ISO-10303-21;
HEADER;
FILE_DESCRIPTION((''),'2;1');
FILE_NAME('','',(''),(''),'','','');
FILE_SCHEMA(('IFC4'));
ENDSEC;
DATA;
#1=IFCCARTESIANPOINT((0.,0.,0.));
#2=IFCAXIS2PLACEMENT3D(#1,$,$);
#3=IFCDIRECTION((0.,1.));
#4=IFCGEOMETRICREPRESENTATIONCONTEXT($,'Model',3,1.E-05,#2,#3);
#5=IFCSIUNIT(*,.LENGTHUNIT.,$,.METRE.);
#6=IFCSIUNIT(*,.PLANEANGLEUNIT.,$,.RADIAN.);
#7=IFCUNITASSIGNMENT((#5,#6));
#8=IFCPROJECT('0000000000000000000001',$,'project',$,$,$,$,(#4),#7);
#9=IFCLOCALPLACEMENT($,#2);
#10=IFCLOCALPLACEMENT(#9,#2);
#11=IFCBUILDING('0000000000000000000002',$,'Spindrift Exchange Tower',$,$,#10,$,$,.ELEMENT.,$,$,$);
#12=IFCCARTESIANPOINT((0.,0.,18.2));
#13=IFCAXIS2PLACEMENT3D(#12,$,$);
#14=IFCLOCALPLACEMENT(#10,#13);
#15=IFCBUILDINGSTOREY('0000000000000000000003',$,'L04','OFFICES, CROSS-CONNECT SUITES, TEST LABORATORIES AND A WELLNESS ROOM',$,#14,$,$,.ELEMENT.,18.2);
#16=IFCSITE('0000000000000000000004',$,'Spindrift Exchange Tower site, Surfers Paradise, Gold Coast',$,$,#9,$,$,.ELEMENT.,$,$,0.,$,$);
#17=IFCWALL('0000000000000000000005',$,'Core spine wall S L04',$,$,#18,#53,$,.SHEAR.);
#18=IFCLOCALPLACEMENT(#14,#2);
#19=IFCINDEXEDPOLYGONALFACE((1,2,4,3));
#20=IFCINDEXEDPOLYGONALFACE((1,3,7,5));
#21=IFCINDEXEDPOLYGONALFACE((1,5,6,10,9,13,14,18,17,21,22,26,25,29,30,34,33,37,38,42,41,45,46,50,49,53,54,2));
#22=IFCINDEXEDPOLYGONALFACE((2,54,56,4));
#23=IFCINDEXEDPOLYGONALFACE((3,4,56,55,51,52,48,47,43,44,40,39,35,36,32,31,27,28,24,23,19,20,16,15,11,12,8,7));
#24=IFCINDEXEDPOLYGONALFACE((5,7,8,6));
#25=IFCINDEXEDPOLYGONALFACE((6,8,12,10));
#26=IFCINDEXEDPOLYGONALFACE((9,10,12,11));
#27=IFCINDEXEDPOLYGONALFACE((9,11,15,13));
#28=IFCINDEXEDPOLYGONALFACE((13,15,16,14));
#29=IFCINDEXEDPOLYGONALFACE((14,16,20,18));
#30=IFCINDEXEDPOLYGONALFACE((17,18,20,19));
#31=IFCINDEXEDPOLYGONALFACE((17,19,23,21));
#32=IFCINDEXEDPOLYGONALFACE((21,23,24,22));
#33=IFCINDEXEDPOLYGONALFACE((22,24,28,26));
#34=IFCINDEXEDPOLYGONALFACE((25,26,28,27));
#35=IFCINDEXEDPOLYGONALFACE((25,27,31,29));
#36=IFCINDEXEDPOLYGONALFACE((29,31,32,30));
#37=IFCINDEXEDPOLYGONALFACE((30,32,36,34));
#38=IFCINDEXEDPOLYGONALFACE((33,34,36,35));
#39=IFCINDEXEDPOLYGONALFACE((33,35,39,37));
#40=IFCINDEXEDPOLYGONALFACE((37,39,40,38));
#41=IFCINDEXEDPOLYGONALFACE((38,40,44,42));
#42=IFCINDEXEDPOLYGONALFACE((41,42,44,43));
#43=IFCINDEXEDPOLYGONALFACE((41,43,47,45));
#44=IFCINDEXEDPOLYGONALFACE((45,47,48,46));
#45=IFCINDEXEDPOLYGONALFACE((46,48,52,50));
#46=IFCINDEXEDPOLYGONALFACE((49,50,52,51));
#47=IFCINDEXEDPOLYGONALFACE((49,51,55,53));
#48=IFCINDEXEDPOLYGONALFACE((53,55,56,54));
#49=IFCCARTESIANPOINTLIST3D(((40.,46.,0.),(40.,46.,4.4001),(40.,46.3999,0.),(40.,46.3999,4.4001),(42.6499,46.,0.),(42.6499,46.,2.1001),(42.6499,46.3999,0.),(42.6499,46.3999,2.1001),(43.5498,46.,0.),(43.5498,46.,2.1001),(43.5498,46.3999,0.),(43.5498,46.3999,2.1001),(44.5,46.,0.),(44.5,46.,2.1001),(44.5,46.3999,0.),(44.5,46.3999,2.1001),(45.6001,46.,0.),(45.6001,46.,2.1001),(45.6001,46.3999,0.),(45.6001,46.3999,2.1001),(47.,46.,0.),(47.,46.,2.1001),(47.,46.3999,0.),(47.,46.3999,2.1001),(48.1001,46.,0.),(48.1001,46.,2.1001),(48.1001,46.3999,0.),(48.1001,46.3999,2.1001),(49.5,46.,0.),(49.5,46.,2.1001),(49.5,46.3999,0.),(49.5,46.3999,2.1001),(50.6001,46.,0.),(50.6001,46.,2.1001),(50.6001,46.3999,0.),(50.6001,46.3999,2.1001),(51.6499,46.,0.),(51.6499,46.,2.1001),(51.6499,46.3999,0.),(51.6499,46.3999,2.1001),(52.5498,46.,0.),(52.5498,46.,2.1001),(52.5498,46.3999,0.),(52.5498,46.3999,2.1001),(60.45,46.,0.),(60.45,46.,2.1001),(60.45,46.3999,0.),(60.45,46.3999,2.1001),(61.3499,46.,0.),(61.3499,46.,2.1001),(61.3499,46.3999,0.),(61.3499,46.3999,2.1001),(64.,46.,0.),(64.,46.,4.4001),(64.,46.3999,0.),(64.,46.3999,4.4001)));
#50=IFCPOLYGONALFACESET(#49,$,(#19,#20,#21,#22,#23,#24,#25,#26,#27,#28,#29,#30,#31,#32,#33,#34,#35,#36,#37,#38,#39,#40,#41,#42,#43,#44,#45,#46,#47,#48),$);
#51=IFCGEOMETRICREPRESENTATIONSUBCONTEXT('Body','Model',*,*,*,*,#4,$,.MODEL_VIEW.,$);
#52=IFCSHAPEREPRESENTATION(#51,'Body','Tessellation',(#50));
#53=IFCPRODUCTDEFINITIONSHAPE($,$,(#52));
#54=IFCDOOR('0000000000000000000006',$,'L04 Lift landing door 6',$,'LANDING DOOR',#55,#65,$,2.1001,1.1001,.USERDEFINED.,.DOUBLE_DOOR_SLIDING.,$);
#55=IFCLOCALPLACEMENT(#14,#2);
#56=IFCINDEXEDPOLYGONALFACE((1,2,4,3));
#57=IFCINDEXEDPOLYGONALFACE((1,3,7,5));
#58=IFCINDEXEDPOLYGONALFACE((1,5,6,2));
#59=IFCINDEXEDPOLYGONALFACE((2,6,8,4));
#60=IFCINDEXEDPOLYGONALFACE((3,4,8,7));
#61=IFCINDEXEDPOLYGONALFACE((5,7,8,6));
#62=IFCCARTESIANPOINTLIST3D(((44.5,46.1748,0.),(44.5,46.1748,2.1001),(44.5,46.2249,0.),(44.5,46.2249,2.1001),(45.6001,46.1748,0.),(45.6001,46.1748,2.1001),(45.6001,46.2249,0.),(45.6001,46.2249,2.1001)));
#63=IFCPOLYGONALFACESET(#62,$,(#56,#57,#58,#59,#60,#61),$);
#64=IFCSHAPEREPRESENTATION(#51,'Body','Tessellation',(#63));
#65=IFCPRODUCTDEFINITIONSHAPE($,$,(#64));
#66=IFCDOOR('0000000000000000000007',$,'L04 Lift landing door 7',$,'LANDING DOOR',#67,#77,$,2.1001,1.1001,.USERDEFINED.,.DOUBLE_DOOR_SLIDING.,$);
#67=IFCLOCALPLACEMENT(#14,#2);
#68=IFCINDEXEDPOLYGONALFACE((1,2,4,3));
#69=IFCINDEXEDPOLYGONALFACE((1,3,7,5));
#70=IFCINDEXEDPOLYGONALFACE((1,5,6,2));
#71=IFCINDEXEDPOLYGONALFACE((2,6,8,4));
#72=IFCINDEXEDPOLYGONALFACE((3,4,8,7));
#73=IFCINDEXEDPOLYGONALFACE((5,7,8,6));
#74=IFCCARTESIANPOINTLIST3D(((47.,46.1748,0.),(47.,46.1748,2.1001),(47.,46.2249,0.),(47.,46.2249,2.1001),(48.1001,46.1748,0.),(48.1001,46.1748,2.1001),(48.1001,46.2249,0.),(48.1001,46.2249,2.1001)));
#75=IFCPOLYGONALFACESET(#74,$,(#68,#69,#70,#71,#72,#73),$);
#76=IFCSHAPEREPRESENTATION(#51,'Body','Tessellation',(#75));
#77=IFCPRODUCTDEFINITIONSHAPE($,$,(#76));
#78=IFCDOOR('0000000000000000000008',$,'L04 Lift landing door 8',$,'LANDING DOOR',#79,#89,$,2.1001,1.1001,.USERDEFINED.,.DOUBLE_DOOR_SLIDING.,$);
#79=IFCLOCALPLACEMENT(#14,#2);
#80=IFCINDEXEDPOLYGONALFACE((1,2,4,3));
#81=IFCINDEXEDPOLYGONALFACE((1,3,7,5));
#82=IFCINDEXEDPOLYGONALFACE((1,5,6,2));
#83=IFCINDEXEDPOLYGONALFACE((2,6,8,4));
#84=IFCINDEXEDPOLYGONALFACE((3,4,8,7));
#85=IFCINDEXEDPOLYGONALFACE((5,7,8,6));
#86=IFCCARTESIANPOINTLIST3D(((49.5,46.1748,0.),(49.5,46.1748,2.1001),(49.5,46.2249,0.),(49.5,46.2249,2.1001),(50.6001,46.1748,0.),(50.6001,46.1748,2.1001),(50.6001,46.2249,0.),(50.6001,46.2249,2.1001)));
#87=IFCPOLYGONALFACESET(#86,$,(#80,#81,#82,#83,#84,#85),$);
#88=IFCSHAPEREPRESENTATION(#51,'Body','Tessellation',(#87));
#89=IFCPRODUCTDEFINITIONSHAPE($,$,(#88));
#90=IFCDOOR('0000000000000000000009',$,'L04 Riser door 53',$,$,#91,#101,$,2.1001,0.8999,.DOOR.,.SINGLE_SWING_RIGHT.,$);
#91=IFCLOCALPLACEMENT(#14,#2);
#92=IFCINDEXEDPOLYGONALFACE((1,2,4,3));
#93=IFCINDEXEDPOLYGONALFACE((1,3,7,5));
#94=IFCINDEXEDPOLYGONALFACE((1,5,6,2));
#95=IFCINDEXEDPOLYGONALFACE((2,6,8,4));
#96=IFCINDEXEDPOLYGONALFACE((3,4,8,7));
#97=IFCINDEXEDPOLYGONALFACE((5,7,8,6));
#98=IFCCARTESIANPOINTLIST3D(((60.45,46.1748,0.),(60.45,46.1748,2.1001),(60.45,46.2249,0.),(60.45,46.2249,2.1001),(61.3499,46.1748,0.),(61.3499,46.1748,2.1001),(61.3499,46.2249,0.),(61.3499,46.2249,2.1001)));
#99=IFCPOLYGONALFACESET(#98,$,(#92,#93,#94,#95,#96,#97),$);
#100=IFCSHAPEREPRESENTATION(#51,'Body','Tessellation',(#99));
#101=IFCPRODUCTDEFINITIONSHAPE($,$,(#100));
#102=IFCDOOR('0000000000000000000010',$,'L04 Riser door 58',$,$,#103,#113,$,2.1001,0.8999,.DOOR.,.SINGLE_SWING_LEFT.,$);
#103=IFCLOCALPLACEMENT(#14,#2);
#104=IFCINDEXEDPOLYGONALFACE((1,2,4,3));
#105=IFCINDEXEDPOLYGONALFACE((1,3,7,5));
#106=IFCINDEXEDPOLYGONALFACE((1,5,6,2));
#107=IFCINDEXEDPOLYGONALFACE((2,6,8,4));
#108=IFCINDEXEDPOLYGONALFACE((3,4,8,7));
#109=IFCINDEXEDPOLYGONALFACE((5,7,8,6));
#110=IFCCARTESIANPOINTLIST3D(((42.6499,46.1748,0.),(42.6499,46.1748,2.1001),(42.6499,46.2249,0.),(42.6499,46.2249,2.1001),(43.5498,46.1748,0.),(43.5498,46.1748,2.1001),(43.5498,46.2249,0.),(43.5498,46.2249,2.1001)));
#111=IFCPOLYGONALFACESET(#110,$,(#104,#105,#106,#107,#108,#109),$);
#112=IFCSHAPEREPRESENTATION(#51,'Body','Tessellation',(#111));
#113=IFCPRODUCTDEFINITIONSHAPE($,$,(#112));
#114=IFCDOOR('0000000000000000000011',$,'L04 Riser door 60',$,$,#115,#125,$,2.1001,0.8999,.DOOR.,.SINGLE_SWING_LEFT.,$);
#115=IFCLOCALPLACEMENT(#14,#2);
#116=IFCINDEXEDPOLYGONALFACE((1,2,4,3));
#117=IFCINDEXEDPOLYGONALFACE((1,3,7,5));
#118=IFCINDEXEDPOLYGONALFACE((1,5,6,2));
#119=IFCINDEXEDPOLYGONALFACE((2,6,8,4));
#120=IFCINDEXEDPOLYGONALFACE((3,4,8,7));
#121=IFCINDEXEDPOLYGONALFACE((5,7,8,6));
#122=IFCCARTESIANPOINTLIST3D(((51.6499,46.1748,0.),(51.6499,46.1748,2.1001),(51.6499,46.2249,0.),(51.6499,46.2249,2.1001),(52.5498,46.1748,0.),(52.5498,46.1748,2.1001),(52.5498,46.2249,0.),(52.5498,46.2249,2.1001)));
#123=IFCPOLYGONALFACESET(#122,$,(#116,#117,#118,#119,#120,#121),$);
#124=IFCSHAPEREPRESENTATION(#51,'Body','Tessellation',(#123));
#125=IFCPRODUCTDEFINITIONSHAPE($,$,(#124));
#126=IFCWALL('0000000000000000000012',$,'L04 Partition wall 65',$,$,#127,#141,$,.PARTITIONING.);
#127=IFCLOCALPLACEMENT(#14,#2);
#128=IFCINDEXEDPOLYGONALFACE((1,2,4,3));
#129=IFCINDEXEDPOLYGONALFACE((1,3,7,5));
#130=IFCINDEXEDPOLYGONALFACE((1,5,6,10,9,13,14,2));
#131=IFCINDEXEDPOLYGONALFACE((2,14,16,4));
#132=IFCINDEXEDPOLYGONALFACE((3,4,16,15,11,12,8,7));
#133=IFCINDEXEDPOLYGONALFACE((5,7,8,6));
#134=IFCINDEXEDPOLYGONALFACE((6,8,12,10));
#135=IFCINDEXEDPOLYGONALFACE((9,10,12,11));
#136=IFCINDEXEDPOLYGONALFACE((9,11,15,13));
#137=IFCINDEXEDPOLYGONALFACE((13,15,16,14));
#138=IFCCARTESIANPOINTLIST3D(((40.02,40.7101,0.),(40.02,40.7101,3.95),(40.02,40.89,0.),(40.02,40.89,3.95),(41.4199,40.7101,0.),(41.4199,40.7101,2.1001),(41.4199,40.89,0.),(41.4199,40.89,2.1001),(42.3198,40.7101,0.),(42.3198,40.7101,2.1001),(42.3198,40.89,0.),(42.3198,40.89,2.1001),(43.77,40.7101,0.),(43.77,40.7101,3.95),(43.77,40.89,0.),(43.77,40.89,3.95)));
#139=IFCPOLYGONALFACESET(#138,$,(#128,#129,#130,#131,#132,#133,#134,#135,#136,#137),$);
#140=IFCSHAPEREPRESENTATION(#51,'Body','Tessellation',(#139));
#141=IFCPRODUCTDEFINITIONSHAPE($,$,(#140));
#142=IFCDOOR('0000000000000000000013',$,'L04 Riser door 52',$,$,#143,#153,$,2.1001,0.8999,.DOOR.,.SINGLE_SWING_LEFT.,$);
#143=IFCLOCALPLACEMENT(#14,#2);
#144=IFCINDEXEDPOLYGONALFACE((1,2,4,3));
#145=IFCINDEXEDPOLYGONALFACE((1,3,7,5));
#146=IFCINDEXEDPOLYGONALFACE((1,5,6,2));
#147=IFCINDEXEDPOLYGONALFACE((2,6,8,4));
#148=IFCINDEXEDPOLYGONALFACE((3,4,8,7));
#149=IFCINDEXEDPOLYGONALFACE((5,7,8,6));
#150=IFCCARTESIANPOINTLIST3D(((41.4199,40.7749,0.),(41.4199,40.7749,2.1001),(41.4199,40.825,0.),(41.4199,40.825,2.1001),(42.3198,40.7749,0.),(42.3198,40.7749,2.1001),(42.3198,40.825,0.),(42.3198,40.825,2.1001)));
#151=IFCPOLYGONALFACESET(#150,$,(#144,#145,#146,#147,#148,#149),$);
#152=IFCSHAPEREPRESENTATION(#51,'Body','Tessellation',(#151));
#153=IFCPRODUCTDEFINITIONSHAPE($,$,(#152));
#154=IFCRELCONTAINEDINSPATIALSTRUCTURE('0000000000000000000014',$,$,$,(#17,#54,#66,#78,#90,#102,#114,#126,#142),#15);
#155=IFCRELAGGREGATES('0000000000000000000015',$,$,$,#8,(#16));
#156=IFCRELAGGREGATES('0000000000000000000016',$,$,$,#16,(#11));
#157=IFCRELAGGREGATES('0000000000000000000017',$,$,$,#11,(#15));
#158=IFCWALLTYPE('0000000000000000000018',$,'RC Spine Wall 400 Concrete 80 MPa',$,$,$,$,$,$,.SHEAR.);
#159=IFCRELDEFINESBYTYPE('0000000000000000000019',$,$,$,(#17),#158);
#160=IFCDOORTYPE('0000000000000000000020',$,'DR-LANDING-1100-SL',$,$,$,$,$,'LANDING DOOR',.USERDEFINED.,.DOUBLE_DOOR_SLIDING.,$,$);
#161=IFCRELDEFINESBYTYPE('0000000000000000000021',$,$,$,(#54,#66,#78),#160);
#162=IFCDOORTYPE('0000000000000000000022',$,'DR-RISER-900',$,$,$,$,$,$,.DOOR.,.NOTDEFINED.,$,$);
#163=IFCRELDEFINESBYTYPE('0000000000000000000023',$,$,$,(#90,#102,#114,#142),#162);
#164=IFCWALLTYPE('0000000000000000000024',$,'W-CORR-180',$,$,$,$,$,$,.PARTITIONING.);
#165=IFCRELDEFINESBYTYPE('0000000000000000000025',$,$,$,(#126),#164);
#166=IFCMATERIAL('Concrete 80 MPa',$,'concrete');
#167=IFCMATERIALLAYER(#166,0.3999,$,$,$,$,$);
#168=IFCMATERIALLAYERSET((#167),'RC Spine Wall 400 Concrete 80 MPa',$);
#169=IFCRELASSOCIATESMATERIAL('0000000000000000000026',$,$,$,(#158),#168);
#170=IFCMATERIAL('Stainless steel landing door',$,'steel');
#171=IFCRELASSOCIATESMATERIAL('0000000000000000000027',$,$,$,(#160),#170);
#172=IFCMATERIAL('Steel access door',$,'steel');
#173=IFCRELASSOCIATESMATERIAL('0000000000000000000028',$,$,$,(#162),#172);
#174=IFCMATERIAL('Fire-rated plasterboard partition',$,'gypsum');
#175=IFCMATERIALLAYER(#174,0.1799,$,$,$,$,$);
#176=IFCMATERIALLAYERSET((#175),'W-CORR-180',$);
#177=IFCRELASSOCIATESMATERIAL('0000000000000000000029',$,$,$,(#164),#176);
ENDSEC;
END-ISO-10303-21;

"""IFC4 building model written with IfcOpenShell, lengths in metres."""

from ifc_helpers import new_model, si_unit, direction, frame, frame_2d, origin, place, context, subcontext, project, spatial, rectangle, extrude, source, transform, mapped, material, layer, layer_set, type_object, element, fill, save


model = new_model("IFC4")

# Units and contexts
model_context = context("Model", 3, precision=1e-05, world=origin(), true_north=direction((0.0, 1.0)))
body_context = subcontext(model_context, "Body", "Model", "MODEL_VIEW")
ifc_project = project(units=[si_unit("LENGTHUNIT", "METRE"), si_unit("PLANEANGLEUNIT", "RADIAN")], contexts=[model_context])

# Site, building, storey
site_placement = place(None, origin())
site = spatial("IfcSite", under=ifc_project, at=site_placement, Name="Spindrift Exchange Tower site, Surfers Paradise, Gold Coast", CompositionType="ELEMENT", RefElevation=0.0)
building_placement = place(site_placement, origin())
building = spatial("IfcBuilding", under=site, at=building_placement, Name="Spindrift Exchange Tower", CompositionType="ELEMENT")
storey_placement = place(building_placement, frame((0.0, 0.0, 18.2)))
storey = spatial("IfcBuildingStorey", under=building, at=storey_placement, Name="L04", Description="OFFICES, CROSS-CONNECT SUITES, TEST LABORATORIES AND A WELLNESS ROOM", CompositionType="ELEMENT", Elevation=18.2)

# Shared definitions
ifc_material_1 = material(Name="Concrete 80 MPa", Category="concrete")

# Wall, openings, doors
ifc_layer_1 = layer(ifc_material_1, 0.3999)
ifc_layer_set_1 = layer_set([ifc_layer_1], Name="RC Spine Wall 400 Concrete 80 MPa")
wall_type_1 = type_object("IfcWallType", Name="RC Spine Wall 400 Concrete 80 MPa", PredefinedType="SHEAR", material=ifc_layer_set_1)
wall_1_placement = place(storey_placement, frame((40.0, 46.2, 0.0), z_axis=(0.0, 0.0, 1.0), x_axis=(1.0, 0.0, 0.0)))
wall_1 = element("IfcWall", 1, at=wall_1_placement, inside=storey, type_object=wall_type_1, Name="Core spine wall S L04", PredefinedType="SHEAR", context=body_context, shape_type="SweptSolid", body=[
    extrude(rectangle(XDim=24.0, YDim=0.3999, at=frame_2d((12.0, 0.0))), origin(), (0.0, 0.0, 1.0), 4.4001),
])
opening_1_placement = place(wall_1_placement, frame((4.5, 0.0, 0.0)))
opening_1 = element("IfcOpeningElement", 2, at=opening_1_placement, cuts=wall_1, PredefinedType="OPENING", context=body_context, shape_type="SweptSolid", body=[
    extrude(rectangle(XDim=1.1001, YDim=2.1001, at=frame_2d((0.55, 1.05))), frame((0.0, 0.21, 0.0), z_axis=(0.0, -1.0, 0.0), x_axis=(1.0, 0.0, 0.0)), (0.0, 0.0, 1.0), 0.4199),
])
opening_2_placement = place(wall_1_placement, frame((7.0, 0.0, 0.0)))
opening_2 = element("IfcOpeningElement", 3, at=opening_2_placement, cuts=wall_1, PredefinedType="OPENING", context=body_context, shape_type="SweptSolid", body=[
    extrude(rectangle(XDim=1.1001, YDim=2.1001, at=frame_2d((0.55, 1.05))), frame((0.0, 0.21, 0.0), z_axis=(0.0, -1.0, 0.0), x_axis=(1.0, 0.0, 0.0)), (0.0, 0.0, 1.0), 0.4199),
])
opening_3_placement = place(wall_1_placement, frame((9.5, 0.0, 0.0)))
opening_3 = element("IfcOpeningElement", 4, at=opening_3_placement, cuts=wall_1, PredefinedType="OPENING", context=body_context, shape_type="SweptSolid", body=[
    extrude(rectangle(XDim=1.1001, YDim=2.1001, at=frame_2d((0.55, 1.05))), frame((0.0, 0.21, 0.0), z_axis=(0.0, -1.0, 0.0), x_axis=(1.0, 0.0, 0.0)), (0.0, 0.0, 1.0), 0.4199),
])
opening_4_placement = place(wall_1_placement, frame((20.45, 0.0, 0.0)))
opening_4 = element("IfcOpeningElement", 5, at=opening_4_placement, cuts=wall_1, PredefinedType="OPENING", context=body_context, shape_type="SweptSolid", body=[
    extrude(rectangle(XDim=0.8999, YDim=2.1001, at=frame_2d((0.45, 1.05))), frame((0.0, 0.21, 0.0), z_axis=(0.0, -1.0, 0.0), x_axis=(1.0, 0.0, 0.0)), (0.0, 0.0, 1.0), 0.4199),
])
opening_5_placement = place(wall_1_placement, frame((2.6499, 0.0, 0.0)))
opening_5 = element("IfcOpeningElement", 6, at=opening_5_placement, cuts=wall_1, PredefinedType="OPENING", context=body_context, shape_type="SweptSolid", body=[
    extrude(rectangle(XDim=0.8999, YDim=2.1001, at=frame_2d((0.45, 1.05))), frame((0.0, 0.21, 0.0), z_axis=(0.0, -1.0, 0.0), x_axis=(1.0, 0.0, 0.0)), (0.0, 0.0, 1.0), 0.4199),
])
opening_6_placement = place(wall_1_placement, frame((11.6499, 0.0, 0.0)))
opening_6 = element("IfcOpeningElement", 7, at=opening_6_placement, cuts=wall_1, PredefinedType="OPENING", context=body_context, shape_type="SweptSolid", body=[
    extrude(rectangle(XDim=0.8999, YDim=2.1001, at=frame_2d((0.45, 1.05))), frame((0.0, 0.21, 0.0), z_axis=(0.0, -1.0, 0.0), x_axis=(1.0, 0.0, 0.0)), (0.0, 0.0, 1.0), 0.4199),
])
ifc_material_2 = material(Name="Stainless steel landing door", Category="steel")
door_type_1 = type_object("IfcDoorType", Name="DR-LANDING-1100-SL", ElementType="LANDING DOOR", OperationType="DOUBLE_DOOR_SLIDING", PredefinedType="USERDEFINED", material=ifc_material_2)
shared_shape_1 = source(origin(), body_context, "Body", "SweptSolid", [
    extrude(rectangle(XDim=1.1001, YDim=2.1001, at=frame_2d((0.55, 1.05))), frame((0.0, 0.0249, 0.0), z_axis=(0.0, -1.0, 0.0), x_axis=(1.0, 0.0, 0.0)), (0.0, 0.0, 1.0), 0.05),
])
door_1_placement = place(opening_1_placement, origin())
door_1 = element("IfcDoor", 8, at=door_1_placement, inside=storey, type_object=door_type_1, Name="L04 Lift landing door 6", ObjectType="LANDING DOOR", OperationType="DOUBLE_DOOR_SLIDING", OverallHeight=2.1001, OverallWidth=1.1001, PredefinedType="USERDEFINED", context=body_context, shape_type="MappedRepresentation", body=[
    mapped(shared_shape_1, transform((0.0, 0.0, 0.0), scale=1.0)),
])
fill(opening_1, door_1)
door_2_placement = place(opening_2_placement, origin())
door_2 = element("IfcDoor", 9, at=door_2_placement, inside=storey, type_object=door_type_1, Name="L04 Lift landing door 7", ObjectType="LANDING DOOR", OperationType="DOUBLE_DOOR_SLIDING", OverallHeight=2.1001, OverallWidth=1.1001, PredefinedType="USERDEFINED", context=body_context, shape_type="MappedRepresentation", body=[
    mapped(shared_shape_1, transform((0.0, 0.0, 0.0), scale=1.0)),
])
fill(opening_2, door_2)
door_3_placement = place(opening_3_placement, origin())
door_3 = element("IfcDoor", 10, at=door_3_placement, inside=storey, type_object=door_type_1, Name="L04 Lift landing door 8", ObjectType="LANDING DOOR", OperationType="DOUBLE_DOOR_SLIDING", OverallHeight=2.1001, OverallWidth=1.1001, PredefinedType="USERDEFINED", context=body_context, shape_type="MappedRepresentation", body=[
    mapped(shared_shape_1, transform((0.0, 0.0, 0.0), scale=1.0)),
])
fill(opening_3, door_3)
ifc_material_3 = material(Name="Steel access door", Category="steel")
door_type_2 = type_object("IfcDoorType", Name="DR-RISER-900", OperationType="NOTDEFINED", PredefinedType="DOOR", material=ifc_material_3)
shared_shape_2 = source(origin(), body_context, "Body", "SweptSolid", [
    extrude(rectangle(XDim=0.8999, YDim=2.1001, at=frame_2d((0.45, 1.05))), frame((0.0, 0.0249, 0.0), z_axis=(0.0, -1.0, 0.0), x_axis=(1.0, 0.0, 0.0)), (0.0, 0.0, 1.0), 0.05),
])
door_4_placement = place(opening_4_placement, origin())
door_4 = element("IfcDoor", 11, at=door_4_placement, inside=storey, type_object=door_type_2, Name="L04 Riser door 53", OperationType="SINGLE_SWING_RIGHT", OverallHeight=2.1001, OverallWidth=0.8999, PredefinedType="DOOR", context=body_context, shape_type="MappedRepresentation", body=[
    mapped(shared_shape_2, transform((0.0, 0.0, 0.0), scale=1.0)),
])
fill(opening_4, door_4)
door_5_placement = place(opening_5_placement, origin())
door_5 = element("IfcDoor", 12, at=door_5_placement, inside=storey, type_object=door_type_2, Name="L04 Riser door 58", OperationType="SINGLE_SWING_LEFT", OverallHeight=2.1001, OverallWidth=0.8999, PredefinedType="DOOR", context=body_context, shape_type="MappedRepresentation", body=[
    mapped(shared_shape_2, transform((0.0, 0.0, 0.0), scale=1.0)),
])
fill(opening_5, door_5)
door_6_placement = place(opening_6_placement, origin())
door_6 = element("IfcDoor", 13, at=door_6_placement, inside=storey, type_object=door_type_2, Name="L04 Riser door 60", OperationType="SINGLE_SWING_LEFT", OverallHeight=2.1001, OverallWidth=0.8999, PredefinedType="DOOR", context=body_context, shape_type="MappedRepresentation", body=[
    mapped(shared_shape_2, transform((0.0, 0.0, 0.0), scale=1.0)),
])
fill(opening_6, door_6)

# Wall, opening, door
ifc_material_4 = material(Name="Fire-rated plasterboard partition", Category="gypsum")
ifc_layer_2 = layer(ifc_material_4, 0.1799)
ifc_layer_set_2 = layer_set([ifc_layer_2], Name="W-CORR-180")
wall_type_2 = type_object("IfcWallType", Name="W-CORR-180", PredefinedType="PARTITIONING", material=ifc_layer_set_2)
wall_2_placement = place(storey_placement, frame((40.02, 40.8, 0.0), z_axis=(0.0, 0.0, 1.0), x_axis=(1.0, 0.0, 0.0)))
wall_2 = element("IfcWall", 14, at=wall_2_placement, inside=storey, type_object=wall_type_2, Name="L04 Partition wall 65", PredefinedType="PARTITIONING", context=body_context, shape_type="SweptSolid", body=[
    extrude(rectangle(XDim=3.75, YDim=0.1799, at=frame_2d((1.875, 0.0))), origin(), (0.0, 0.0, 1.0), 3.95),
])
opening_7_placement = place(wall_2_placement, frame((1.3999, 0.0, 0.0)))
opening_7 = element("IfcOpeningElement", 15, at=opening_7_placement, cuts=wall_2, PredefinedType="OPENING", context=body_context, shape_type="SweptSolid", body=[
    extrude(rectangle(XDim=0.8999, YDim=2.1001, at=frame_2d((0.45, 1.05))), frame((0.0, 0.0999, 0.0), z_axis=(0.0, -1.0, 0.0), x_axis=(1.0, 0.0, 0.0)), (0.0, 0.0, 1.0), 0.2),
])
door_7_placement = place(opening_7_placement, origin())
door_7 = element("IfcDoor", 16, at=door_7_placement, inside=storey, type_object=door_type_2, Name="L04 Riser door 52", OperationType="SINGLE_SWING_LEFT", OverallHeight=2.1001, OverallWidth=0.8999, PredefinedType="DOOR", context=body_context, shape_type="MappedRepresentation", body=[
    mapped(shared_shape_2, transform((0.0, 0.0, 0.0), scale=1.0)),
])
fill(opening_7, door_7)

save(model, "model.ifc")
